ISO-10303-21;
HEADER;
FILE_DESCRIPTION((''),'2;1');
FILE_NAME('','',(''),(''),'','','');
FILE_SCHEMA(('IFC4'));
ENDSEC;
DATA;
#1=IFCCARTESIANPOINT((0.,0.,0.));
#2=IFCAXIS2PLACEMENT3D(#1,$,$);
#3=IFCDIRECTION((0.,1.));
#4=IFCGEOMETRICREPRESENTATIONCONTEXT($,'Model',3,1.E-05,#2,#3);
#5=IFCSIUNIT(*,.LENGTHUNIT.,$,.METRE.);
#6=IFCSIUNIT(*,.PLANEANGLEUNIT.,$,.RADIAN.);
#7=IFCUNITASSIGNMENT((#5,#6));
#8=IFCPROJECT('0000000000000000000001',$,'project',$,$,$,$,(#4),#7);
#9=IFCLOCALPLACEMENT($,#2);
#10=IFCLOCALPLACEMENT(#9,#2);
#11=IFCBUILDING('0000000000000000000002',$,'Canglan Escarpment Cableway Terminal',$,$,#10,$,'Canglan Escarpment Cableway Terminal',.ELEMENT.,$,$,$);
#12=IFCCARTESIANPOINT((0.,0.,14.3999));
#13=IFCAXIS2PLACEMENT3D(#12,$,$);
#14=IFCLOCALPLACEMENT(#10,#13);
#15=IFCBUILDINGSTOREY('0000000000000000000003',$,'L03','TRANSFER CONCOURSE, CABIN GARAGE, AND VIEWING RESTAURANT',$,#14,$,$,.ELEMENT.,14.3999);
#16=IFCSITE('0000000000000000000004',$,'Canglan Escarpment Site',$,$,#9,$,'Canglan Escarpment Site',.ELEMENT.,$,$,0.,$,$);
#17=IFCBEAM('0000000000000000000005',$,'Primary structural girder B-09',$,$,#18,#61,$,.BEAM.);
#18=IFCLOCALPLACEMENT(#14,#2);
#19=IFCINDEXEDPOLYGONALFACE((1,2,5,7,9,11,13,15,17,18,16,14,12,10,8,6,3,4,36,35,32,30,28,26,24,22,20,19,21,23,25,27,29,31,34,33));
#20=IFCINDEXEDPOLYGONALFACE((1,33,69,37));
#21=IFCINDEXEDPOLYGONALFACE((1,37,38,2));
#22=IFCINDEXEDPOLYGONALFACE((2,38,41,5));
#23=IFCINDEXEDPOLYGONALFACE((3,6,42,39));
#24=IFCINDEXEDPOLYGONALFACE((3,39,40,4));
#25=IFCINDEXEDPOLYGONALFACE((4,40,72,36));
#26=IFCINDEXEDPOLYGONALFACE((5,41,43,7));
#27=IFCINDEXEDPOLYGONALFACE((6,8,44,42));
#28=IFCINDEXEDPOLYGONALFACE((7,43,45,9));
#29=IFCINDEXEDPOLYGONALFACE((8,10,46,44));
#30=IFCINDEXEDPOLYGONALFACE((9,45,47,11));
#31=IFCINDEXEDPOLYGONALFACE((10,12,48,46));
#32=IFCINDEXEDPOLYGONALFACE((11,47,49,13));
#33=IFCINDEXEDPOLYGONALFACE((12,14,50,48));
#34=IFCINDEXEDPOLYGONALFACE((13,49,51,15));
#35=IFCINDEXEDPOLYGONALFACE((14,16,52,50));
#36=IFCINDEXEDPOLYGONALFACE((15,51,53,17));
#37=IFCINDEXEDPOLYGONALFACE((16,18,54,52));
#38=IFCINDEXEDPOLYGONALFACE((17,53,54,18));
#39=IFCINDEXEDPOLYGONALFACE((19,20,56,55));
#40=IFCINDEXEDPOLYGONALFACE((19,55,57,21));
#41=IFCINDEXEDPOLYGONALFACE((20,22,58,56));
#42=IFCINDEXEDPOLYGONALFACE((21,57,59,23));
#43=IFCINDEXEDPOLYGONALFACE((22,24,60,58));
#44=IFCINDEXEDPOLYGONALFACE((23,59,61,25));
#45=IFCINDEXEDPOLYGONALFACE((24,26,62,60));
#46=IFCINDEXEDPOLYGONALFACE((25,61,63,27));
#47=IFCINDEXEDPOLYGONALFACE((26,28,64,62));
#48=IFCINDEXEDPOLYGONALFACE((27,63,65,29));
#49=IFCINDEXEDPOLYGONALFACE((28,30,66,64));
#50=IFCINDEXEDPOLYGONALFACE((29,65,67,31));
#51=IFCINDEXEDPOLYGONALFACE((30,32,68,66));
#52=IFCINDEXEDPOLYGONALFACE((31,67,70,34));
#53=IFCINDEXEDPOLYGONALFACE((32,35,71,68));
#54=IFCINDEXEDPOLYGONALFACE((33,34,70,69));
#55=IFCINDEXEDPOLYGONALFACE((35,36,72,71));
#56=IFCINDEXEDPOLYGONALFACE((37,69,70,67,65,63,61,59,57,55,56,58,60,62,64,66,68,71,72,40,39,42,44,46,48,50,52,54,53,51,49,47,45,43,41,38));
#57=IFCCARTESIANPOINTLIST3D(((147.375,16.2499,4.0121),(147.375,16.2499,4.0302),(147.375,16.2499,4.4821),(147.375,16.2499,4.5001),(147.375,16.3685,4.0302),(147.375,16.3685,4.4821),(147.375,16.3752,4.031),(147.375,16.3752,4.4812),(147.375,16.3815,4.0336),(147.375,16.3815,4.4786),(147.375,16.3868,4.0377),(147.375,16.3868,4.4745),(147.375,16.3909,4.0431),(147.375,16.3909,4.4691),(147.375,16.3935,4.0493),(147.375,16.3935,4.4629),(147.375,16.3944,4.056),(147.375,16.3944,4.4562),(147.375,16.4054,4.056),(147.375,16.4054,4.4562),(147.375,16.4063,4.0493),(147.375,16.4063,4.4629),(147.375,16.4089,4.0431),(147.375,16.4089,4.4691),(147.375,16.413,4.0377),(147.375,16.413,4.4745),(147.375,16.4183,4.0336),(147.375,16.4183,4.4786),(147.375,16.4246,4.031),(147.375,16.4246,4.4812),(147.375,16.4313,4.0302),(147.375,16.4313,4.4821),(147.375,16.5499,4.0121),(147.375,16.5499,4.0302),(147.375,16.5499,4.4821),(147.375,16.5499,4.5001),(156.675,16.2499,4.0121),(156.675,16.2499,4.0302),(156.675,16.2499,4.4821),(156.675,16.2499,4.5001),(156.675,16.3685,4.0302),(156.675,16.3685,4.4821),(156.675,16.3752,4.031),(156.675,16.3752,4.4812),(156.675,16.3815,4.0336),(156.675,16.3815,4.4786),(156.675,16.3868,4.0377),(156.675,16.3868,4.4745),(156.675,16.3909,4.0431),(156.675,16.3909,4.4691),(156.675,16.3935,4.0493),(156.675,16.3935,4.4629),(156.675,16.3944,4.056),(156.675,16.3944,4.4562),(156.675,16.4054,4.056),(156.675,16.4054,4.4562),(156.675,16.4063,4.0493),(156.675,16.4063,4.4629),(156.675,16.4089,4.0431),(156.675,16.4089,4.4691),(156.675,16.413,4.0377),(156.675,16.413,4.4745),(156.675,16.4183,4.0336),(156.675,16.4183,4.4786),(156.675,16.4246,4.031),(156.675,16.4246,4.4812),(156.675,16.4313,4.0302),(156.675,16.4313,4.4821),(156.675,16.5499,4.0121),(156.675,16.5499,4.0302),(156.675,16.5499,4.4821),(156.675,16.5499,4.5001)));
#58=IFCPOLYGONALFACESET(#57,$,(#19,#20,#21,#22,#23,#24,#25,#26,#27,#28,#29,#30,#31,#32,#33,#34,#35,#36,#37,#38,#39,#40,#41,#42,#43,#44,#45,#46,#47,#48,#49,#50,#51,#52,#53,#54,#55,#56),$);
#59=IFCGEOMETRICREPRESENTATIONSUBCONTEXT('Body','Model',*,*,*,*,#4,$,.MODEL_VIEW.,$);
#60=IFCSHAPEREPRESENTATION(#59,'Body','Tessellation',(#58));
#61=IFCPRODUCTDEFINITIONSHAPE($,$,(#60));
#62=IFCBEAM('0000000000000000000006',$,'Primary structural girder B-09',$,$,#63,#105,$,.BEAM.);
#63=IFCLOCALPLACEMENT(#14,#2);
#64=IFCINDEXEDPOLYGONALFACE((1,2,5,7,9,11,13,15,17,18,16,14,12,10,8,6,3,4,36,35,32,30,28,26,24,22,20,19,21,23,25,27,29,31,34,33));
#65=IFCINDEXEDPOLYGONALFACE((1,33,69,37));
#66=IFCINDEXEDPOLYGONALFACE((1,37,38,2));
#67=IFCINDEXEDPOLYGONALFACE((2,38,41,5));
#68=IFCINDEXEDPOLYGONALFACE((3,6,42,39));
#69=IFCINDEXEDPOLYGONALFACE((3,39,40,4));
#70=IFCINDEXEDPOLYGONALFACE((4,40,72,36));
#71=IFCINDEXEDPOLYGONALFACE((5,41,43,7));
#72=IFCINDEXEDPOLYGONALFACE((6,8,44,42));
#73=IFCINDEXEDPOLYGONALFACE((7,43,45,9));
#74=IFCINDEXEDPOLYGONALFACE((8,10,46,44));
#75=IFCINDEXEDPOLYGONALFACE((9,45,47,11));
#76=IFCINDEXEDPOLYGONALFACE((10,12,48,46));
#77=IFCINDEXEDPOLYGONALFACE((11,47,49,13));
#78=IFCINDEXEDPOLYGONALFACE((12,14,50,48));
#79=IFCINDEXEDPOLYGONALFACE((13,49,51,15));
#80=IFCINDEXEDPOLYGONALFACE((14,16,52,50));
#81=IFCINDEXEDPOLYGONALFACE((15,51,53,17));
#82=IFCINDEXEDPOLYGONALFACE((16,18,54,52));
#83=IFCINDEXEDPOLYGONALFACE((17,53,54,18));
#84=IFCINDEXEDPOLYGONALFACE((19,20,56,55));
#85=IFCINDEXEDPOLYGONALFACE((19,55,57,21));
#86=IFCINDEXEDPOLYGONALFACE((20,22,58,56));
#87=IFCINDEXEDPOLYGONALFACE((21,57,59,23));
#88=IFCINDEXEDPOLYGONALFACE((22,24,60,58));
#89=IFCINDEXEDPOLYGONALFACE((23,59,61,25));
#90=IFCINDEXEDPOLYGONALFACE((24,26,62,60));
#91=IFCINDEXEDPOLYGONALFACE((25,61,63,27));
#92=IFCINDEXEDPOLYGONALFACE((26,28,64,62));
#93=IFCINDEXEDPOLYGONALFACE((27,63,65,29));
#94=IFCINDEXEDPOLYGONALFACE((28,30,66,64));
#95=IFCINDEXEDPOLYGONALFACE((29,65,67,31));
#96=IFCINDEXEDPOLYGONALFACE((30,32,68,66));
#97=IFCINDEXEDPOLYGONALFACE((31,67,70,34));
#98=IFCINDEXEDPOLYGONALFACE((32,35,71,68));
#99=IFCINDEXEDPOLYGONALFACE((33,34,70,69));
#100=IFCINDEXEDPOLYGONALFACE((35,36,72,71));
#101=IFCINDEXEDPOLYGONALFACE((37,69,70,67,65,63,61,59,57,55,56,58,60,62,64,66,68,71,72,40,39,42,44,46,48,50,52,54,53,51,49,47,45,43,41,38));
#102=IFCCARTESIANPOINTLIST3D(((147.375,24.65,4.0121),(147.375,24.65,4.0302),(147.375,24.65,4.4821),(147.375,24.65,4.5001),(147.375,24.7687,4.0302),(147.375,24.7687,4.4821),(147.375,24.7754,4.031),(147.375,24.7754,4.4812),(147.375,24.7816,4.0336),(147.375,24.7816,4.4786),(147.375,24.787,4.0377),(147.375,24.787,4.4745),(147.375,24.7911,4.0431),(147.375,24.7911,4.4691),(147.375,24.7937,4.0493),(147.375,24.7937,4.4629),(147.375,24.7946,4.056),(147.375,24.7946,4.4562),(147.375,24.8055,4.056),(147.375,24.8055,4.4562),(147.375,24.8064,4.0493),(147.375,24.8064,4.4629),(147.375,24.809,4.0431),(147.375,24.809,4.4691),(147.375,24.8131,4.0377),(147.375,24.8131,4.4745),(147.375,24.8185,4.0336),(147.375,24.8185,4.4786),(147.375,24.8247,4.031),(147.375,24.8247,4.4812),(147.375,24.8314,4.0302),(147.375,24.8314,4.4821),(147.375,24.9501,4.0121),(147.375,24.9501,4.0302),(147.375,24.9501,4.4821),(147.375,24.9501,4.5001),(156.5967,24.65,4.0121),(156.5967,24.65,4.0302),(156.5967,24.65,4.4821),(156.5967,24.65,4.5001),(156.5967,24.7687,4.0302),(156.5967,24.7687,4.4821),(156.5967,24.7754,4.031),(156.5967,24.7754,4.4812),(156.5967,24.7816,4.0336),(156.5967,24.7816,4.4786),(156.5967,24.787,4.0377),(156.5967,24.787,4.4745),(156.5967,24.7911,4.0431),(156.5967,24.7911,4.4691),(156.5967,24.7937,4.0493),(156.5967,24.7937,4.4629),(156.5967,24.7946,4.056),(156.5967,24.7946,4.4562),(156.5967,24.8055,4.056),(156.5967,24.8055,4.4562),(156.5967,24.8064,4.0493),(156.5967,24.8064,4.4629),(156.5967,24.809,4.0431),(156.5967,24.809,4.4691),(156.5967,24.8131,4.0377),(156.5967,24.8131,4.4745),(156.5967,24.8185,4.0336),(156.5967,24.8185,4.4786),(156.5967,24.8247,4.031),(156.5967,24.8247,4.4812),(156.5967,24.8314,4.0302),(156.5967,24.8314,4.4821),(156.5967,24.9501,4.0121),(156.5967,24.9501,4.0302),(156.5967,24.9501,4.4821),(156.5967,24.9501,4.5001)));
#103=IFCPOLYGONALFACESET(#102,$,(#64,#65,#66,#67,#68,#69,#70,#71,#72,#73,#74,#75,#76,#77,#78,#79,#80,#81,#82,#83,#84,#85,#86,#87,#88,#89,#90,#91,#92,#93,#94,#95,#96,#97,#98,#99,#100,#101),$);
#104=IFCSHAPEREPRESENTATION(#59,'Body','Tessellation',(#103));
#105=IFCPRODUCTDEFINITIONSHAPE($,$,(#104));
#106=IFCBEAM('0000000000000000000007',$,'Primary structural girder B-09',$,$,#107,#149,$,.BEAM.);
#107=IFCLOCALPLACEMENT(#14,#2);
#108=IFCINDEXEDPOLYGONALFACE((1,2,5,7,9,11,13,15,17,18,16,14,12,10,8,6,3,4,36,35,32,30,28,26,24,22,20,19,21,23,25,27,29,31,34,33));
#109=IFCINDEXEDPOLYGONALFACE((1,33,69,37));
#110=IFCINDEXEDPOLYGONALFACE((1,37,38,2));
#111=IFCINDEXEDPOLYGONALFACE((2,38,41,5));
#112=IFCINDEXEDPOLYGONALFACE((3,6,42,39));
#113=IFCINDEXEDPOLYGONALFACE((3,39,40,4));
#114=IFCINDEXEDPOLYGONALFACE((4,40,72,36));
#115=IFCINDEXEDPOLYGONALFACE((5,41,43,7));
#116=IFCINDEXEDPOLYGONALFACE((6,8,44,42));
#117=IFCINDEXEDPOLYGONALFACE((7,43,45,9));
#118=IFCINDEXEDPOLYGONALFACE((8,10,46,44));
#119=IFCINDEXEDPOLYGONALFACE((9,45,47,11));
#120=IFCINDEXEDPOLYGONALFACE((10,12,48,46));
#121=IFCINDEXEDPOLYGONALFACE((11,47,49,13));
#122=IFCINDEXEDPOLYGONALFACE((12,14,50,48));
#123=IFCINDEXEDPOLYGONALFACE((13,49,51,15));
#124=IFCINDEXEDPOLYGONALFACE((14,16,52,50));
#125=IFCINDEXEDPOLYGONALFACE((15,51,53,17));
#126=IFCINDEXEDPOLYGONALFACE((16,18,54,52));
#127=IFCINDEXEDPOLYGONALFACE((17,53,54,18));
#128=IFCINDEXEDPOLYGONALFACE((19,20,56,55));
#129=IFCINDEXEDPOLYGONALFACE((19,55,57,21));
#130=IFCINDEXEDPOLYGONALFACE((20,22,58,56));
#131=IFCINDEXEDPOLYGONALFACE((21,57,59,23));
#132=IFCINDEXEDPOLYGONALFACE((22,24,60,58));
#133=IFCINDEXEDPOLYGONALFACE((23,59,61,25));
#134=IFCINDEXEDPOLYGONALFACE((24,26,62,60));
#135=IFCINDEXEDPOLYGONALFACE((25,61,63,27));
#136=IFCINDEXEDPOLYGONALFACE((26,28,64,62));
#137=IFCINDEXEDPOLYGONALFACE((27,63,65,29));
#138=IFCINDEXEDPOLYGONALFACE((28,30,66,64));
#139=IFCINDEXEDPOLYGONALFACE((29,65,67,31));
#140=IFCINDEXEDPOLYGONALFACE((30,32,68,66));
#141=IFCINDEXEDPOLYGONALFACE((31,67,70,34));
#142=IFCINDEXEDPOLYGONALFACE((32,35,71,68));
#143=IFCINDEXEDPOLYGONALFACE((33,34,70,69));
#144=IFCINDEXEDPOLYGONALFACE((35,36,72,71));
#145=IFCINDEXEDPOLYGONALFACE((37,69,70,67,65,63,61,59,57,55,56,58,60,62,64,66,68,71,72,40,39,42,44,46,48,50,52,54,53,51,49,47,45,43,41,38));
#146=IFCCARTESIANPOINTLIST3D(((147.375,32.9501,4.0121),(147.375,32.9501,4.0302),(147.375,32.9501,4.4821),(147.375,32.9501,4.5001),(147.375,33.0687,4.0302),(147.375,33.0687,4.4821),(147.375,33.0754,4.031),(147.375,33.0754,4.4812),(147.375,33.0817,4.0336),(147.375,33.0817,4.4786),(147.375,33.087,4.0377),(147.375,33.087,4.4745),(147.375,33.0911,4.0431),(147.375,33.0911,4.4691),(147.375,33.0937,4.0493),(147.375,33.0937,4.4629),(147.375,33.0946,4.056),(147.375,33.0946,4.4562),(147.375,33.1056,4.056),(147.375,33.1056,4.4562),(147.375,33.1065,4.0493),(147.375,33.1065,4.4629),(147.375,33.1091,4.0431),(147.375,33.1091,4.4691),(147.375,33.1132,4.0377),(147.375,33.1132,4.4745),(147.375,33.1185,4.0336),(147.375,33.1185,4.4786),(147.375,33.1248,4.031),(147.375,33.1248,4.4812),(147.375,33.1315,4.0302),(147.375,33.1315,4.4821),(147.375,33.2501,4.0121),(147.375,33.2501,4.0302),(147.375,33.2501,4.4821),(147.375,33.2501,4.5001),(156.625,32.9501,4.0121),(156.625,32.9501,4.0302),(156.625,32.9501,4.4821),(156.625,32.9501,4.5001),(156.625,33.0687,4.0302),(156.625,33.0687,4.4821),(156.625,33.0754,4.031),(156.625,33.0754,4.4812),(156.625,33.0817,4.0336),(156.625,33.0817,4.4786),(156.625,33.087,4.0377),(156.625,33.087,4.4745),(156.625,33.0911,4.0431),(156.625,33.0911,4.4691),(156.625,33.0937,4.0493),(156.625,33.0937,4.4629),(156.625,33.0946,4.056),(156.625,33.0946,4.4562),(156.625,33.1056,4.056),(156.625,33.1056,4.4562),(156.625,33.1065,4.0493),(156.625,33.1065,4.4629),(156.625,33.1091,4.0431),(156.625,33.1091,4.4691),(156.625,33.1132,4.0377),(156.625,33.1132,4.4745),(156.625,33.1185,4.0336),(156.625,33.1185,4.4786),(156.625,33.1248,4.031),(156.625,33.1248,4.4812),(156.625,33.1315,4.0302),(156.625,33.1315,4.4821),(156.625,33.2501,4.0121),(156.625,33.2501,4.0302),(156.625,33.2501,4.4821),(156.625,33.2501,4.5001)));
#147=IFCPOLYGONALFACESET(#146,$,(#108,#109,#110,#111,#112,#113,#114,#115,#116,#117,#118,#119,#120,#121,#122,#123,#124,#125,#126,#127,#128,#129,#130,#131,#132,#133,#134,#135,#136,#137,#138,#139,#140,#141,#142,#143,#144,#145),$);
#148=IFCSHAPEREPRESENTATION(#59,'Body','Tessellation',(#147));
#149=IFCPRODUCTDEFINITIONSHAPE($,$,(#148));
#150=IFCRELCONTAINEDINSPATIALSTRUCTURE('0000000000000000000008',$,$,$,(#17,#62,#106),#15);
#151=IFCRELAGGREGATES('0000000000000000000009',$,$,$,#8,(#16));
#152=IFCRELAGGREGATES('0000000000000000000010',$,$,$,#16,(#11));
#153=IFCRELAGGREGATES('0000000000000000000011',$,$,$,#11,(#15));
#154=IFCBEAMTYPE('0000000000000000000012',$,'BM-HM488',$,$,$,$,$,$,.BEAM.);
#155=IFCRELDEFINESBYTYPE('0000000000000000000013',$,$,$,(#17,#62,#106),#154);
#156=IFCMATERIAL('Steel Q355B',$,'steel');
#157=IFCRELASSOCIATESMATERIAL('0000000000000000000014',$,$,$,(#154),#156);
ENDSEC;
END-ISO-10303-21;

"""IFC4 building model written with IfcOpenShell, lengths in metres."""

from ifc_helpers import new_model, si_unit, direction, frame, origin, origin_2d, place, context, subcontext, project, spatial, i_section, extrude, material, material_profile, profile_set, type_object, element, save


model = new_model("IFC4")

# Units and contexts
model_context = context("Model", 3, precision=1e-05, world=origin(), true_north=direction((0.0, 1.0)))
body_context = subcontext(model_context, "Body", "Model", "MODEL_VIEW")
ifc_project = project(units=[si_unit("LENGTHUNIT", "METRE"), si_unit("PLANEANGLEUNIT", "RADIAN")], contexts=[model_context])

# Site, building, storey
site_placement = place(None, origin())
site = spatial("IfcSite", under=ifc_project, at=site_placement, Name="Canglan Escarpment Site", LongName="Canglan Escarpment Site", CompositionType="ELEMENT", RefElevation=0.0)
building_placement = place(site_placement, origin())
building = spatial("IfcBuilding", under=site, at=building_placement, Name="Canglan Escarpment Cableway Terminal", LongName="Canglan Escarpment Cableway Terminal", CompositionType="ELEMENT")
storey_placement = place(building_placement, frame((0.0, 0.0, 14.3999)))
storey = spatial("IfcBuildingStorey", under=building, at=storey_placement, Name="L03", Description="TRANSFER CONCOURSE, CABIN GARAGE, AND VIEWING RESTAURANT", CompositionType="ELEMENT", Elevation=14.3999)

# Beams
ifc_material_1 = material(Name="Steel Q355B", Category="steel")
ifc_material_profile_1 = material_profile(ifc_material_1, i_section(OverallWidth=0.3, OverallDepth=0.488, WebThickness=0.011, FlangeThickness=0.0181, FilletRadius=0.0259, at=origin_2d()), Name="HM 488x300x11x18")
ifc_profile_set_1 = profile_set([ifc_material_profile_1], Name="Steel Q355B")
beam_type_1 = type_object("IfcBeamType", Name="BM-HM488", PredefinedType="BEAM", material=ifc_profile_set_1)
beam_1_placement = place(storey_placement, frame((147.375, 16.3999, 4.2561), z_axis=(1.0, 0.0, 0.0), x_axis=(0.0, 1.0, 0.0)))
element("IfcBeam", 1, at=beam_1_placement, inside=storey, type_object=beam_type_1, Name="Primary structural girder B-09", PredefinedType="BEAM", context=body_context, shape_type="SweptSolid", body=[
    extrude(i_section(OverallWidth=0.3, OverallDepth=0.488, WebThickness=0.011, FlangeThickness=0.0181, FilletRadius=0.0259, at=origin_2d()), origin(), (0.0, 0.0, 1.0), 9.3),
])
beam_2_placement = place(storey_placement, frame((147.375, 24.8, 4.2561), z_axis=(1.0, 0.0, 0.0), x_axis=(0.0, 1.0, 0.0)))
element("IfcBeam", 2, at=beam_2_placement, inside=storey, type_object=beam_type_1, Name="Primary structural girder B-09", PredefinedType="BEAM", context=body_context, shape_type="SweptSolid", body=[
    extrude(i_section(OverallWidth=0.3, OverallDepth=0.488, WebThickness=0.011, FlangeThickness=0.0181, FilletRadius=0.0259, at=origin_2d()), origin(), (0.0, 0.0, 1.0), 9.2217),
])
beam_3_placement = place(storey_placement, frame((147.375, 33.1001, 4.2561), z_axis=(1.0, 0.0, 0.0), x_axis=(0.0, 1.0, 0.0)))
element("IfcBeam", 3, at=beam_3_placement, inside=storey, type_object=beam_type_1, Name="Primary structural girder B-09", PredefinedType="BEAM", context=body_context, shape_type="SweptSolid", body=[
    extrude(i_section(OverallWidth=0.3, OverallDepth=0.488, WebThickness=0.011, FlangeThickness=0.0181, FilletRadius=0.0259, at=origin_2d()), origin(), (0.0, 0.0, 1.0), 9.25),
])

save(model, "model.ifc")
